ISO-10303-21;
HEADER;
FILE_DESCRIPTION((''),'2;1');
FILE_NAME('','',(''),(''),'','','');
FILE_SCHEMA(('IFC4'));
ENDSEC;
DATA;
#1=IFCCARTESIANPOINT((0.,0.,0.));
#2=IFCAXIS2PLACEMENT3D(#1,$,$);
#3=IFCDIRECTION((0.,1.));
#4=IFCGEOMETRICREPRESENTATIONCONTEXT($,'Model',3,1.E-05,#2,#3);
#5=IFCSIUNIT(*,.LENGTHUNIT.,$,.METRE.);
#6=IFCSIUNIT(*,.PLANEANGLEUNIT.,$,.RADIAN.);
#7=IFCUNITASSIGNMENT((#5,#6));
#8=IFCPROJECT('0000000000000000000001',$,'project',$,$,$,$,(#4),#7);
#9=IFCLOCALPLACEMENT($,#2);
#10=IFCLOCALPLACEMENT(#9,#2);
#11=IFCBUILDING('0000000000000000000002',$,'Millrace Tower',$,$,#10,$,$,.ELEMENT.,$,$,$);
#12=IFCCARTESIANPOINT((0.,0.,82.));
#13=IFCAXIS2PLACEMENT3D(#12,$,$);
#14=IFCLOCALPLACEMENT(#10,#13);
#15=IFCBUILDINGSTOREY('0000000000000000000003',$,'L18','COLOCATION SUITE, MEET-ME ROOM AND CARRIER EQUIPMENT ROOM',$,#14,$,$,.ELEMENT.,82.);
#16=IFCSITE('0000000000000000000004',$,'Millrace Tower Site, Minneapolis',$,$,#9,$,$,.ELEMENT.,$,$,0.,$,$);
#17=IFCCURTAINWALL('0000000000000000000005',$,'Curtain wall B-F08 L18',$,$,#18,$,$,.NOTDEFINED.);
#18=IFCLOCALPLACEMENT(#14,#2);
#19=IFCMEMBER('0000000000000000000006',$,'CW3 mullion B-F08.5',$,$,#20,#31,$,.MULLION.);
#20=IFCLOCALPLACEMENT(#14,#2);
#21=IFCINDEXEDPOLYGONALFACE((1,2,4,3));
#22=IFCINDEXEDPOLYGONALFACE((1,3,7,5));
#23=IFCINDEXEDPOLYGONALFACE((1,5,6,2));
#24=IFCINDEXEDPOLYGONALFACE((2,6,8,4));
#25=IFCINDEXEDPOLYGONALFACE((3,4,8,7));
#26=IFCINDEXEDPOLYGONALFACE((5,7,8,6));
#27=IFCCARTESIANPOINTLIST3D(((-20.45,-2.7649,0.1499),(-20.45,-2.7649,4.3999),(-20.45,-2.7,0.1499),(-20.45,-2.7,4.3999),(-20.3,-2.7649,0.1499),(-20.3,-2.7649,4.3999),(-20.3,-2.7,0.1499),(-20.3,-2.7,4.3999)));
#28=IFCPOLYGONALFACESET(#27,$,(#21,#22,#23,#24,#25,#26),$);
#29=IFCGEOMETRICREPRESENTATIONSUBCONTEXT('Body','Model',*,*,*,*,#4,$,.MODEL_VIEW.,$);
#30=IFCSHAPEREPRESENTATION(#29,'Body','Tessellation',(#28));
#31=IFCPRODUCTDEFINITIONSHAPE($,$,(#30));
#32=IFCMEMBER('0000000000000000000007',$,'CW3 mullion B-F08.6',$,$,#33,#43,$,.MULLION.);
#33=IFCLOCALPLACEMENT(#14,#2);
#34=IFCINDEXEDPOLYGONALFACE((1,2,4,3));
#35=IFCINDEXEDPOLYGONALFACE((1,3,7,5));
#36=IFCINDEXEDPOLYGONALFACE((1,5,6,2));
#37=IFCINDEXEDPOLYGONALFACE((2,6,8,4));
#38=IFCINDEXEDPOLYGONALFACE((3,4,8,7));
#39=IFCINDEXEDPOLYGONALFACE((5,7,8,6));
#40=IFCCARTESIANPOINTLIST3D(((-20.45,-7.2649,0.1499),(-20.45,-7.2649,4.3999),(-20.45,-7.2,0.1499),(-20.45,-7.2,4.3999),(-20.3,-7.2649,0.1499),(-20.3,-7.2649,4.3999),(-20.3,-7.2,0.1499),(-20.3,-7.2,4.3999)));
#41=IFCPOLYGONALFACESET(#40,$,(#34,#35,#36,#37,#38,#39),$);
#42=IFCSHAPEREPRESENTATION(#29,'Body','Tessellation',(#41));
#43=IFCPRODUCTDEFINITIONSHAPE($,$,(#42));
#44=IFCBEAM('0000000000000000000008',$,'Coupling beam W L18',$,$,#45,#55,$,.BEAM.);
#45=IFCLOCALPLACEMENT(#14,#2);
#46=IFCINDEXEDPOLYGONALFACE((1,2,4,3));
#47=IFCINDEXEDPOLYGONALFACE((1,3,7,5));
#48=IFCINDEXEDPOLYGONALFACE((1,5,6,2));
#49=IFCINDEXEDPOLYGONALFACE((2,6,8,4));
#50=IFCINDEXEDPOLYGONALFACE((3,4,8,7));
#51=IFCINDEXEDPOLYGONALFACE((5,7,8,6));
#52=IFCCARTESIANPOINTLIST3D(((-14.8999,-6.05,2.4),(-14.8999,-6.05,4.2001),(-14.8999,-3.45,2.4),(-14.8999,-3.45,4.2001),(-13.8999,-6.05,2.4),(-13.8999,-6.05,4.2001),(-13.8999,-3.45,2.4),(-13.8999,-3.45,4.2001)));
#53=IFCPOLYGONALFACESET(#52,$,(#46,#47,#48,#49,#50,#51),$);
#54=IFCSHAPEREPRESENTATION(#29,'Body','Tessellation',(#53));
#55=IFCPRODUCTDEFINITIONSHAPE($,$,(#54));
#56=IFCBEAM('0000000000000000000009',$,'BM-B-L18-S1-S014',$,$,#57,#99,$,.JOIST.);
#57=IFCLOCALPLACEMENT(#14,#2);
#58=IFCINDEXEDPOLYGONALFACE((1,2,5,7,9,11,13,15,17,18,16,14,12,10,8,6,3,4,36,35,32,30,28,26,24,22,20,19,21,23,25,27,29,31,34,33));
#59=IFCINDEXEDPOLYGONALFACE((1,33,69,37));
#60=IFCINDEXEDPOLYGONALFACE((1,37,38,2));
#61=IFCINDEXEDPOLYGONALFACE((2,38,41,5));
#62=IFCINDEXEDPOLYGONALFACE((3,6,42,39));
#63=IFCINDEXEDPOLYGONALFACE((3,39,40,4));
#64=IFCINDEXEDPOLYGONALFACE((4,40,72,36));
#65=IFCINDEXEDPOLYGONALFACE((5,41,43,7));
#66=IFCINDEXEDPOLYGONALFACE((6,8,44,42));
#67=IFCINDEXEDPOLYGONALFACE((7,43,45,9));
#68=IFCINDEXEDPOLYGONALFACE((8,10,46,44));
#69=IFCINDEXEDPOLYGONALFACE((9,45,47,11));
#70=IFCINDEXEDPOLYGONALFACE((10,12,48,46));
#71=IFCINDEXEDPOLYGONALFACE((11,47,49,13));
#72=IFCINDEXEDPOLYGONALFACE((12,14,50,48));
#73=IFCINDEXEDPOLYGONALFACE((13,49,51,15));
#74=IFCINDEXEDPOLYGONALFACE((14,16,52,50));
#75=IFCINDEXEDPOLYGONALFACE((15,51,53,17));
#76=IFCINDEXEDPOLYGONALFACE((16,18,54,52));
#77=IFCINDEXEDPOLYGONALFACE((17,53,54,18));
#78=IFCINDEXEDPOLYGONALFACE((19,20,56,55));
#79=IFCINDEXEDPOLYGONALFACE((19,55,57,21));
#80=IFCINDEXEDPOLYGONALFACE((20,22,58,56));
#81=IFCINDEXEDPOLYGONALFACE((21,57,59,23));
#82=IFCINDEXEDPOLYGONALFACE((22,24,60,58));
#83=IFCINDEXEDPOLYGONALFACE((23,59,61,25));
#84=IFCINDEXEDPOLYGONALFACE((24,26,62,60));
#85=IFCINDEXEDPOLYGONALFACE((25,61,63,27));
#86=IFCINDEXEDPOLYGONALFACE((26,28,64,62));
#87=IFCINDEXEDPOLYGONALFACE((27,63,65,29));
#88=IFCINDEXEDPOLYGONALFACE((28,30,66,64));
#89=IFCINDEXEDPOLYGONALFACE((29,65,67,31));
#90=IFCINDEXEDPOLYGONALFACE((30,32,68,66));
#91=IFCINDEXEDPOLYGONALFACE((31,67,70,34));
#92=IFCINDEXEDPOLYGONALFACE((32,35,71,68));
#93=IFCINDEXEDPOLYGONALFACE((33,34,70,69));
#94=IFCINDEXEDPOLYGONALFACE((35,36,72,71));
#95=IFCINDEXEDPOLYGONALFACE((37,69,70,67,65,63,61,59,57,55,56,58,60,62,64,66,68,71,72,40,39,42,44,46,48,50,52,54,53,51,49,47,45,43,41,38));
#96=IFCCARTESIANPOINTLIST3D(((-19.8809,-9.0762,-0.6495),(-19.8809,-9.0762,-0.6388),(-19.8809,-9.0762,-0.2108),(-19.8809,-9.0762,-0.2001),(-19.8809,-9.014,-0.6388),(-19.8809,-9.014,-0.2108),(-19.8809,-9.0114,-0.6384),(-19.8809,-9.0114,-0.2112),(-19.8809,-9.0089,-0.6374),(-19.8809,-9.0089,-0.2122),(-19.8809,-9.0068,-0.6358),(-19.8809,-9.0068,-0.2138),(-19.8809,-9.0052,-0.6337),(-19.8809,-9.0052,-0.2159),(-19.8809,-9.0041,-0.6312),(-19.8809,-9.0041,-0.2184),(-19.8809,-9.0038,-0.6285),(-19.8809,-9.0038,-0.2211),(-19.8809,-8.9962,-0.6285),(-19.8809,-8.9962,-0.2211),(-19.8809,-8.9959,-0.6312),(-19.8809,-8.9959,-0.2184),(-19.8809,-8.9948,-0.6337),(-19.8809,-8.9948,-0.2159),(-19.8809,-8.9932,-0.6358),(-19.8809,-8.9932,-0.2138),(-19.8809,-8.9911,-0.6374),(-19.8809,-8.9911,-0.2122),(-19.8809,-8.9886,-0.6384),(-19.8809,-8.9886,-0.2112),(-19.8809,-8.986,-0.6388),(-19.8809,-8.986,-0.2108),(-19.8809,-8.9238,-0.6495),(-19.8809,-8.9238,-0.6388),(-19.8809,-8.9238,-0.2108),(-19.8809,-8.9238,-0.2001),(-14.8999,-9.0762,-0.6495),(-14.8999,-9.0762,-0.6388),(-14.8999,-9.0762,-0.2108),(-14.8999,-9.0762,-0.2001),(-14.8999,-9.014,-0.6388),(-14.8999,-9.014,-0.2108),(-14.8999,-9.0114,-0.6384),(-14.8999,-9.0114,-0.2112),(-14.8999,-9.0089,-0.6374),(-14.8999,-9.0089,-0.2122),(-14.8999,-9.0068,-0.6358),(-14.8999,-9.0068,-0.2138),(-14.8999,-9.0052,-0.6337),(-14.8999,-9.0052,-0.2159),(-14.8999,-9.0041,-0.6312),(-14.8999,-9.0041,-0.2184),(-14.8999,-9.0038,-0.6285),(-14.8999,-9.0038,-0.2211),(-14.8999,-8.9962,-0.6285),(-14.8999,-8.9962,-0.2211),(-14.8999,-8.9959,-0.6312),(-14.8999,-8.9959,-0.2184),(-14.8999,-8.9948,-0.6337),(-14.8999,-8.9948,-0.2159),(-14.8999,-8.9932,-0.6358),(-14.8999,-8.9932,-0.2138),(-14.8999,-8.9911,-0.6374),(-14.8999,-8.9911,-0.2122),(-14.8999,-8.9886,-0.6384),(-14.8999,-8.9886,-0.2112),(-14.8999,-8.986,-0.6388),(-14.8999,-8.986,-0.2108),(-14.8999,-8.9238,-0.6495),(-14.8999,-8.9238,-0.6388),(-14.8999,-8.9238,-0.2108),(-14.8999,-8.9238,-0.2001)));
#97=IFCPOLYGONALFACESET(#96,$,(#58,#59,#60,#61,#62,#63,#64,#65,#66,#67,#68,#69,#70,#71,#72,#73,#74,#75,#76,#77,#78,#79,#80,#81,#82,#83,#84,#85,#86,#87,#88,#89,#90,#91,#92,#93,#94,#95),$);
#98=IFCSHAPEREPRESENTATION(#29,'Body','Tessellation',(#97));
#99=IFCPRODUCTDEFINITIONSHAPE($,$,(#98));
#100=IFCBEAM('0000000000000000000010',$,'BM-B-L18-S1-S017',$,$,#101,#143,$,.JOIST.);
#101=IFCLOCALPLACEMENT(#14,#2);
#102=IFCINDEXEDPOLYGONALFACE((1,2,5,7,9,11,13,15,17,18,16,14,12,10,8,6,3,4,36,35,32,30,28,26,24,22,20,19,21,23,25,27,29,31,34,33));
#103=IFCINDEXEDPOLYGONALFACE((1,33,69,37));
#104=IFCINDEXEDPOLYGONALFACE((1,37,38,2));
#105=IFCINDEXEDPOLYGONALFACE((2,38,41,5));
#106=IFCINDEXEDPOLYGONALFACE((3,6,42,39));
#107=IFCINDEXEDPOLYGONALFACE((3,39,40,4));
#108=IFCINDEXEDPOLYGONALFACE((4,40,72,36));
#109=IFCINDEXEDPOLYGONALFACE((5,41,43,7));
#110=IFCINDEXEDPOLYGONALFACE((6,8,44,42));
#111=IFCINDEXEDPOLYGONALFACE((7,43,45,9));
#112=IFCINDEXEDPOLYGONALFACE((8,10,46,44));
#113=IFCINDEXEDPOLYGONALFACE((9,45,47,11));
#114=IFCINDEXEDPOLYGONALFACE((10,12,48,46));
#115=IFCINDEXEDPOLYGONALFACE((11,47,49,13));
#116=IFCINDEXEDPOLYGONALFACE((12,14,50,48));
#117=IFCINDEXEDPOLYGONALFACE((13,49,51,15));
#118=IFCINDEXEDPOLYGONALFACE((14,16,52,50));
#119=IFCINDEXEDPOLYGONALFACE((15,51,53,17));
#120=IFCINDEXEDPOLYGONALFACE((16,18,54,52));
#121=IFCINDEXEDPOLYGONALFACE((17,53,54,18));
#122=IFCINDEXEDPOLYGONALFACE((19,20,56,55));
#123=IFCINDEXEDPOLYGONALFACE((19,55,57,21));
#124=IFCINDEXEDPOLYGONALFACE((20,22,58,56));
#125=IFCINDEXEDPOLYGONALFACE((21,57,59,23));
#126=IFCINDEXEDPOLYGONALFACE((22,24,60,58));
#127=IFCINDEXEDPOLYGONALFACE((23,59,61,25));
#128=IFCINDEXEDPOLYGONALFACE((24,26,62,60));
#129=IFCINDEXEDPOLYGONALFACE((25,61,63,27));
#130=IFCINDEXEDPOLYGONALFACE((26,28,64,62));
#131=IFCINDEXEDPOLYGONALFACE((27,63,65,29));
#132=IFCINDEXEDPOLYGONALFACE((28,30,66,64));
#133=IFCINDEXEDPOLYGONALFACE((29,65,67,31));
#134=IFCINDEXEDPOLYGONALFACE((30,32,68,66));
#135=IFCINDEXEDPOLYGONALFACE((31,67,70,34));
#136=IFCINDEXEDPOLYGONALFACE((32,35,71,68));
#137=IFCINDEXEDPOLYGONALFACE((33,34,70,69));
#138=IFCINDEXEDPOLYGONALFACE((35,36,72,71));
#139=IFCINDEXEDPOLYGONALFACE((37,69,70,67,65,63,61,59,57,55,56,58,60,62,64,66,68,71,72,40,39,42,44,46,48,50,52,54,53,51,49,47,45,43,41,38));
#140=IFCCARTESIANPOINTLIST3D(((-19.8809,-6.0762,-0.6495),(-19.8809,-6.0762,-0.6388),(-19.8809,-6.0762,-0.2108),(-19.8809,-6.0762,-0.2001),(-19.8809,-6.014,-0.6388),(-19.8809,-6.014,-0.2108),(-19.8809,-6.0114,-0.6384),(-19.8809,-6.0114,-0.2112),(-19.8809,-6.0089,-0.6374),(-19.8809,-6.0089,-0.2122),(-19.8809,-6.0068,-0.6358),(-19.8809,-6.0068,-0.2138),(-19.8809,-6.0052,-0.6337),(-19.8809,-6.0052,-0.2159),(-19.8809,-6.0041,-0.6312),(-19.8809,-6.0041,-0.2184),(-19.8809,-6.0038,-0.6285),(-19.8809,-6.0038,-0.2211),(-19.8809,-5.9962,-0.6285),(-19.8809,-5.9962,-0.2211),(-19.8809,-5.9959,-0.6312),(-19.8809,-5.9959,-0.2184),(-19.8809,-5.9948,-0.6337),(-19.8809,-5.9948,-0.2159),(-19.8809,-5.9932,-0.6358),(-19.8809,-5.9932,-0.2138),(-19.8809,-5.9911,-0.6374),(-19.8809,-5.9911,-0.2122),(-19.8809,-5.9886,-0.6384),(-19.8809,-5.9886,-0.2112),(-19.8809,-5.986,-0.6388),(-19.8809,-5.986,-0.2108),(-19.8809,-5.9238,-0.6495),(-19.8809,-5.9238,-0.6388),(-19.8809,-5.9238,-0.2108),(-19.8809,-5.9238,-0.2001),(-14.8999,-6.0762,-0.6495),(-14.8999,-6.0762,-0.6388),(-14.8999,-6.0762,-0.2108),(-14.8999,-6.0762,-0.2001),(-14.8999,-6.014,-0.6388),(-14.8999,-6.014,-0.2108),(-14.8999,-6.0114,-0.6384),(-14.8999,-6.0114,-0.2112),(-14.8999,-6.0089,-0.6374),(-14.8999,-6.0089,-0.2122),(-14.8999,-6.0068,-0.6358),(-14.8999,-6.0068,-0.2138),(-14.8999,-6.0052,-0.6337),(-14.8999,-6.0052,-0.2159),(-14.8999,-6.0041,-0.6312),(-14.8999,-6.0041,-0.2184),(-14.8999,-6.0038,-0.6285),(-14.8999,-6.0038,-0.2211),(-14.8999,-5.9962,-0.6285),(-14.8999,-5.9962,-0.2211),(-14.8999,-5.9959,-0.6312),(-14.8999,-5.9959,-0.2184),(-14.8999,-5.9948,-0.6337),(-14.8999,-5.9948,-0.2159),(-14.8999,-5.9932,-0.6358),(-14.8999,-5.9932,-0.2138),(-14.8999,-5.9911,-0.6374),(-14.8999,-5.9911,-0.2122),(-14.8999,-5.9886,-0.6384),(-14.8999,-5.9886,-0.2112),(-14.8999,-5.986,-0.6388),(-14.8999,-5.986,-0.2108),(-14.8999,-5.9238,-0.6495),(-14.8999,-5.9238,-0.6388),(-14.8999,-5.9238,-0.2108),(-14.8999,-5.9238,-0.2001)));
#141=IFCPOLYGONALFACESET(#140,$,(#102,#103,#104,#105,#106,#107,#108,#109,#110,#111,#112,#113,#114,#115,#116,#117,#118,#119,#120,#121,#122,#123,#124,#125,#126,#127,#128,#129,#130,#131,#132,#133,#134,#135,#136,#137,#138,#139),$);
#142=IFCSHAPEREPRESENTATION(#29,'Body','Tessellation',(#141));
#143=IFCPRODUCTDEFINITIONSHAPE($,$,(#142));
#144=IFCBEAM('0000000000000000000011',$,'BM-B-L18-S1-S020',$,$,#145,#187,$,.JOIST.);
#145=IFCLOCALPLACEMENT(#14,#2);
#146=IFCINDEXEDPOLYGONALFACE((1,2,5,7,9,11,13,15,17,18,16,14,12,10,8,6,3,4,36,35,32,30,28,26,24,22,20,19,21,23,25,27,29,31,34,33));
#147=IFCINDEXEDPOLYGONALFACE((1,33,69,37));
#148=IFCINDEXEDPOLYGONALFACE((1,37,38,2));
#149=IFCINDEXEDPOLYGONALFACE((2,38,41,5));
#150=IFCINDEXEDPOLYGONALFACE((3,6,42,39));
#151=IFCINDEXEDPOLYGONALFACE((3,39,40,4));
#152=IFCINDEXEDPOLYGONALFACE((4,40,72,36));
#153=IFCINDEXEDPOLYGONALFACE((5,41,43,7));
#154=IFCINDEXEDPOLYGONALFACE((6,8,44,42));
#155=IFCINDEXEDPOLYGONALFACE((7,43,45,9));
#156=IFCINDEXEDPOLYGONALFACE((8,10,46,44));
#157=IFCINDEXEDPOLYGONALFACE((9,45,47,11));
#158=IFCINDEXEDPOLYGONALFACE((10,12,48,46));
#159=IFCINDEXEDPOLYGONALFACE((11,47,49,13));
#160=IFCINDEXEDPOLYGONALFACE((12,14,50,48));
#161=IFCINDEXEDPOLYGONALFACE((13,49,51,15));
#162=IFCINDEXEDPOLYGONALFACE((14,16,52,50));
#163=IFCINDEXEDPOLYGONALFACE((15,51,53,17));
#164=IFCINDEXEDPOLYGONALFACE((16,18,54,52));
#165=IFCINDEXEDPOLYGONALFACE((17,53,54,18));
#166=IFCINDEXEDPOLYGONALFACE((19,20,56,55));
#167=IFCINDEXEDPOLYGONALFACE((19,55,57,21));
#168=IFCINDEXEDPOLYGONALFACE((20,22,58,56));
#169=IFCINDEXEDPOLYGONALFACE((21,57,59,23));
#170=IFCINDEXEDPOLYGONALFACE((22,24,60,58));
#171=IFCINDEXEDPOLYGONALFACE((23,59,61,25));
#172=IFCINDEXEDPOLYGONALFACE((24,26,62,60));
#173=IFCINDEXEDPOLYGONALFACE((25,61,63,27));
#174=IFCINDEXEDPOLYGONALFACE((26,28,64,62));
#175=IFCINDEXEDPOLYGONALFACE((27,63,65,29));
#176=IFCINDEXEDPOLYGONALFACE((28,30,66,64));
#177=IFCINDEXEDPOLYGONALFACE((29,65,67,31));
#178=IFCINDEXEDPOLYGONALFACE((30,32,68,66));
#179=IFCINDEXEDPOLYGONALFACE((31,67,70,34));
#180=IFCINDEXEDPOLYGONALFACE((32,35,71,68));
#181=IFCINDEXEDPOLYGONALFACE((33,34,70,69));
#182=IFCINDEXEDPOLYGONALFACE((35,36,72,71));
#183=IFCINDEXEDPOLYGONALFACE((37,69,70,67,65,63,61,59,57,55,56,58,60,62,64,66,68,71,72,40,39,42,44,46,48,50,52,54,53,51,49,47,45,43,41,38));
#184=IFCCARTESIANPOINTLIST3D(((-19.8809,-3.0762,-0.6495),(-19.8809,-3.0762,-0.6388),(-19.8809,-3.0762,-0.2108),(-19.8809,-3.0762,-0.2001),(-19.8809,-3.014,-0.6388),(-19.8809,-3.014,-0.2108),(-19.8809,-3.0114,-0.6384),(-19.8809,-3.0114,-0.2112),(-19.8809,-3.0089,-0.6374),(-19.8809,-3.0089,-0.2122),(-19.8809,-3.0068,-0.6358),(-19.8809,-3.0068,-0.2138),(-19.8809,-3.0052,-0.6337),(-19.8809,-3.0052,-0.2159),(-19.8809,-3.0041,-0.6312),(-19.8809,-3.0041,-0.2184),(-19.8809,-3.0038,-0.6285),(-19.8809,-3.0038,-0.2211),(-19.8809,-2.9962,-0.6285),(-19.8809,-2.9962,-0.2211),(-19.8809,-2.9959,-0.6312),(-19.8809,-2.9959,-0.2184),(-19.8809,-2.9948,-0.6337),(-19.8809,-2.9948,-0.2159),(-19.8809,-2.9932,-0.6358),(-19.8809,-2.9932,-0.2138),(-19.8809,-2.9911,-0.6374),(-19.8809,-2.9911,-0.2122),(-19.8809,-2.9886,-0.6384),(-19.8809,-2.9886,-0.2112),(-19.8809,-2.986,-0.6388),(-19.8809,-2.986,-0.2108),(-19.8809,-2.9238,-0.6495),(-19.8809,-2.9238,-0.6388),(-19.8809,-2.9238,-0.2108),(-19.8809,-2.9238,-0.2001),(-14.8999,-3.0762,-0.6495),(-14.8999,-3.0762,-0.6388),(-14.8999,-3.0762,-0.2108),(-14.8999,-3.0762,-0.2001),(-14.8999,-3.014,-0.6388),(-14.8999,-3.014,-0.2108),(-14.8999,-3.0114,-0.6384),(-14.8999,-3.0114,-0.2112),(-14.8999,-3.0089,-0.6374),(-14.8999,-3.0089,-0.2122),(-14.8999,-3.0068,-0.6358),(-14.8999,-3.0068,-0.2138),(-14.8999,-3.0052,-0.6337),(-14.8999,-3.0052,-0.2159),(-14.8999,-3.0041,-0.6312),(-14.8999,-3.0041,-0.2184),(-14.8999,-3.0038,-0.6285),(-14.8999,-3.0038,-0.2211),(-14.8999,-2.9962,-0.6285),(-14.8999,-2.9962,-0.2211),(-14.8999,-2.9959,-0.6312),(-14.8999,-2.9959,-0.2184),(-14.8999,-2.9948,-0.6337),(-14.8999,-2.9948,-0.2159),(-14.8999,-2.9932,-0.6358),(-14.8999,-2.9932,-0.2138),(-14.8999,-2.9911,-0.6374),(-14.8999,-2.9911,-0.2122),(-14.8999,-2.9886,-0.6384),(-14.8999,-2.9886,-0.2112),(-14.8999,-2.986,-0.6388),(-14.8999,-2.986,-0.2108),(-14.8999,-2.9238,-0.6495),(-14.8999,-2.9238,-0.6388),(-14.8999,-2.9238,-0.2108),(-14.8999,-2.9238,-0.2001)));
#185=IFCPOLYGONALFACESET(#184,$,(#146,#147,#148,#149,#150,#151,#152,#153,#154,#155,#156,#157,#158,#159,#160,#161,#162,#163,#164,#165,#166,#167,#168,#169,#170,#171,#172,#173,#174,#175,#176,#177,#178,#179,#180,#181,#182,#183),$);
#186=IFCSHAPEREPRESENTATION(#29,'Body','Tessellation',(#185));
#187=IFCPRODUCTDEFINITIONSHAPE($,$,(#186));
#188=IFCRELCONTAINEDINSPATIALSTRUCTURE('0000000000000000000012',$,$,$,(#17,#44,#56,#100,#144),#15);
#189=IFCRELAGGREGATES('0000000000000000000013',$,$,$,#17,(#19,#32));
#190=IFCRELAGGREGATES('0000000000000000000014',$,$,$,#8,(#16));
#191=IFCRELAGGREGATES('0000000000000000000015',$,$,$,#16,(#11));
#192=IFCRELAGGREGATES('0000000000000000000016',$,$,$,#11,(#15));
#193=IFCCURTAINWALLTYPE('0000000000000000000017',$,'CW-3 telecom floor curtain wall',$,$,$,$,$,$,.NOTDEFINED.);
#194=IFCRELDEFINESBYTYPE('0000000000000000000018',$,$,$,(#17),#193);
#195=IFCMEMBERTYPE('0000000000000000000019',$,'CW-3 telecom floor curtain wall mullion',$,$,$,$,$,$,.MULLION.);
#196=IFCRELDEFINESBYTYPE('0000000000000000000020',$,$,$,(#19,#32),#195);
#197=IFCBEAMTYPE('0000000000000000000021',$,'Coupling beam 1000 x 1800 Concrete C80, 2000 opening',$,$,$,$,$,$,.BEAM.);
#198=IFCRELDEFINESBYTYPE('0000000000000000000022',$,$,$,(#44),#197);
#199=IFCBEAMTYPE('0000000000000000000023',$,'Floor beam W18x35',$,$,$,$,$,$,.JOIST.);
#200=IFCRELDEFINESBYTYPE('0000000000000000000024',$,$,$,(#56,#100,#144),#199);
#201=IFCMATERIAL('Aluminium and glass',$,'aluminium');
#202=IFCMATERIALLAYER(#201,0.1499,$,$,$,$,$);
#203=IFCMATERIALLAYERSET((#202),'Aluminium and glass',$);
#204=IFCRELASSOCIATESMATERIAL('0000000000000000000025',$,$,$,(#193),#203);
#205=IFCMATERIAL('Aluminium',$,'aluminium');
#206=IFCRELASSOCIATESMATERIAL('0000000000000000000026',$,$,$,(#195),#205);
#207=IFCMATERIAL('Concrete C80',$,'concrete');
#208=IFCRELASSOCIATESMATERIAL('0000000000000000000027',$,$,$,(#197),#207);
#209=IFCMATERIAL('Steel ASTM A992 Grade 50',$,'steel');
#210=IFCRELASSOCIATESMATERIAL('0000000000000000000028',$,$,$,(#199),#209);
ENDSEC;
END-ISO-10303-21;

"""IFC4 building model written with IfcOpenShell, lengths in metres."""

from ifc_helpers import new_model, si_unit, direction, frame, origin, origin_2d, place, context, subcontext, project, spatial, rectangle, i_section, extrude, material, layer, layer_set, material_profile, profile_set, type_object, element, aggregate, save


model = new_model("IFC4")

# Units and contexts
model_context = context("Model", 3, precision=1e-05, world=origin(), true_north=direction((0.0, 1.0)))
body_context = subcontext(model_context, "Body", "Model", "MODEL_VIEW")
ifc_project = project(units=[si_unit("LENGTHUNIT", "METRE"), si_unit("PLANEANGLEUNIT", "RADIAN")], contexts=[model_context])

# Site, building, storey
site_placement = place(None, origin())
site = spatial("IfcSite", under=ifc_project, at=site_placement, Name="Millrace Tower Site, Minneapolis", CompositionType="ELEMENT", RefElevation=0.0)
building_placement = place(site_placement, origin())
building = spatial("IfcBuilding", under=site, at=building_placement, Name="Millrace Tower", CompositionType="ELEMENT")
storey_placement = place(building_placement, frame((0.0, 0.0, 82.0)))
storey = spatial("IfcBuildingStorey", under=building, at=storey_placement, Name="L18", Description="COLOCATION SUITE, MEET-ME ROOM AND CARRIER EQUIPMENT ROOM", CompositionType="ELEMENT", Elevation=82.0)

# Curtain wall, members
ifc_material_1 = material(Name="Aluminium and glass", Category="aluminium")
ifc_layer_1 = layer(ifc_material_1, 0.1499)
ifc_layer_set_1 = layer_set([ifc_layer_1], Name="Aluminium and glass")
curtain_wall_type = type_object("IfcCurtainWallType", Name="CW-3 telecom floor curtain wall", PredefinedType="NOTDEFINED", material=ifc_layer_set_1)
curtain_wall_placement = place(storey_placement, origin())
curtain_wall = element("IfcCurtainWall", 1, at=curtain_wall_placement, inside=storey, type_object=curtain_wall_type, Name="Curtain wall B-F08 L18", PredefinedType="NOTDEFINED")
ifc_material_2 = material(Name="Aluminium", Category="aluminium")
ifc_material_profile_1 = material_profile(ifc_material_2, rectangle(XDim=0.0649, YDim=0.1499, at=origin_2d()))
ifc_profile_set_1 = profile_set([ifc_material_profile_1], Name="Aluminium")
member_type = type_object("IfcMemberType", Name="CW-3 telecom floor curtain wall mullion", PredefinedType="MULLION", material=ifc_profile_set_1)
member_1_placement = place(storey_placement, frame((-20.375, -2.7324, 0.1499), z_axis=(0.0, 0.0, 1.0), x_axis=(0.0, -1.0, 0.0)))
member_1 = element("IfcMember", 2, at=member_1_placement, type_object=member_type, Name="CW3 mullion B-F08.5", PredefinedType="MULLION", context=body_context, shape_type="SweptSolid", body=[
    extrude(rectangle(XDim=0.0649, YDim=0.1499, at=origin_2d()), origin(), (0.0, 0.0, 1.0), 4.25),
])
member_2_placement = place(storey_placement, frame((-20.375, -7.2324, 0.1499), z_axis=(0.0, 0.0, 1.0), x_axis=(0.0, -1.0, 0.0)))
member_2 = element("IfcMember", 3, at=member_2_placement, type_object=member_type, Name="CW3 mullion B-F08.6", PredefinedType="MULLION", context=body_context, shape_type="SweptSolid", body=[
    extrude(rectangle(XDim=0.0649, YDim=0.1499, at=origin_2d()), origin(), (0.0, 0.0, 1.0), 4.25),
])
aggregate(curtain_wall, [member_1, member_2])

# Beams
ifc_material_3 = material(Name="Concrete C80", Category="concrete")
ifc_material_profile_2 = material_profile(ifc_material_3, rectangle(XDim=1.0, YDim=1.8, at=origin_2d()))
ifc_profile_set_2 = profile_set([ifc_material_profile_2], Name="Concrete C80")
beam_type_1 = type_object("IfcBeamType", Name="Coupling beam 1000 x 1800 Concrete C80, 2000 opening", PredefinedType="BEAM", material=ifc_profile_set_2)
beam_1_placement = place(storey_placement, frame((-14.3999, -6.05, 3.3), z_axis=(0.0, 1.0, 0.0), x_axis=(-1.0, 0.0, 0.0)))
element("IfcBeam", 4, at=beam_1_placement, inside=storey, type_object=beam_type_1, Name="Coupling beam W L18", PredefinedType="BEAM", context=body_context, shape_type="SweptSolid", body=[
    extrude(rectangle(XDim=1.0, YDim=1.8, at=origin_2d()), origin(), (0.0, 0.0, 1.0), 2.6001),
])
ifc_material_4 = material(Name="Steel ASTM A992 Grade 50", Category="steel")
ifc_material_profile_3 = material_profile(ifc_material_4, i_section(OverallWidth=0.1523, OverallDepth=0.4495, WebThickness=0.0076, FlangeThickness=0.0107, FilletRadius=0.0103, at=origin_2d()))
ifc_profile_set_3 = profile_set([ifc_material_profile_3], Name="Steel ASTM A992 Grade 50")
beam_type_2 = type_object("IfcBeamType", Name="Floor beam W18x35", PredefinedType="JOIST", material=ifc_profile_set_3)
for number, where, z_axis, x_axis, name in (
    (5, (-19.8809, -9.0, -0.4248), (1.0, 0.0, 0.0), (0.0, 1.0, 0.0), "BM-B-L18-S1-S014"),
    (6, (-19.8809, -6.0, -0.4248), (1.0, 0.0, 0.0), (0.0, 1.0, 0.0), "BM-B-L18-S1-S017"),
    (7, (-19.8809, -3.0, -0.4248), (1.0, 0.0, 0.0), (0.0, 1.0, 0.0), "BM-B-L18-S1-S020"),
):
    element("IfcBeam", number, at=place(storey_placement, frame(where, z_axis=z_axis, x_axis=x_axis)), inside=storey, type_object=beam_type_2, Name=name, PredefinedType="JOIST", context=body_context, shape_type="SweptSolid", body=[
        extrude(i_section(OverallWidth=0.1523, OverallDepth=0.4495, WebThickness=0.0076, FlangeThickness=0.0107, FilletRadius=0.0103, at=origin_2d()), origin(), (0.0, 0.0, 1.0), 4.981),
    ])

save(model, "model.ifc")
